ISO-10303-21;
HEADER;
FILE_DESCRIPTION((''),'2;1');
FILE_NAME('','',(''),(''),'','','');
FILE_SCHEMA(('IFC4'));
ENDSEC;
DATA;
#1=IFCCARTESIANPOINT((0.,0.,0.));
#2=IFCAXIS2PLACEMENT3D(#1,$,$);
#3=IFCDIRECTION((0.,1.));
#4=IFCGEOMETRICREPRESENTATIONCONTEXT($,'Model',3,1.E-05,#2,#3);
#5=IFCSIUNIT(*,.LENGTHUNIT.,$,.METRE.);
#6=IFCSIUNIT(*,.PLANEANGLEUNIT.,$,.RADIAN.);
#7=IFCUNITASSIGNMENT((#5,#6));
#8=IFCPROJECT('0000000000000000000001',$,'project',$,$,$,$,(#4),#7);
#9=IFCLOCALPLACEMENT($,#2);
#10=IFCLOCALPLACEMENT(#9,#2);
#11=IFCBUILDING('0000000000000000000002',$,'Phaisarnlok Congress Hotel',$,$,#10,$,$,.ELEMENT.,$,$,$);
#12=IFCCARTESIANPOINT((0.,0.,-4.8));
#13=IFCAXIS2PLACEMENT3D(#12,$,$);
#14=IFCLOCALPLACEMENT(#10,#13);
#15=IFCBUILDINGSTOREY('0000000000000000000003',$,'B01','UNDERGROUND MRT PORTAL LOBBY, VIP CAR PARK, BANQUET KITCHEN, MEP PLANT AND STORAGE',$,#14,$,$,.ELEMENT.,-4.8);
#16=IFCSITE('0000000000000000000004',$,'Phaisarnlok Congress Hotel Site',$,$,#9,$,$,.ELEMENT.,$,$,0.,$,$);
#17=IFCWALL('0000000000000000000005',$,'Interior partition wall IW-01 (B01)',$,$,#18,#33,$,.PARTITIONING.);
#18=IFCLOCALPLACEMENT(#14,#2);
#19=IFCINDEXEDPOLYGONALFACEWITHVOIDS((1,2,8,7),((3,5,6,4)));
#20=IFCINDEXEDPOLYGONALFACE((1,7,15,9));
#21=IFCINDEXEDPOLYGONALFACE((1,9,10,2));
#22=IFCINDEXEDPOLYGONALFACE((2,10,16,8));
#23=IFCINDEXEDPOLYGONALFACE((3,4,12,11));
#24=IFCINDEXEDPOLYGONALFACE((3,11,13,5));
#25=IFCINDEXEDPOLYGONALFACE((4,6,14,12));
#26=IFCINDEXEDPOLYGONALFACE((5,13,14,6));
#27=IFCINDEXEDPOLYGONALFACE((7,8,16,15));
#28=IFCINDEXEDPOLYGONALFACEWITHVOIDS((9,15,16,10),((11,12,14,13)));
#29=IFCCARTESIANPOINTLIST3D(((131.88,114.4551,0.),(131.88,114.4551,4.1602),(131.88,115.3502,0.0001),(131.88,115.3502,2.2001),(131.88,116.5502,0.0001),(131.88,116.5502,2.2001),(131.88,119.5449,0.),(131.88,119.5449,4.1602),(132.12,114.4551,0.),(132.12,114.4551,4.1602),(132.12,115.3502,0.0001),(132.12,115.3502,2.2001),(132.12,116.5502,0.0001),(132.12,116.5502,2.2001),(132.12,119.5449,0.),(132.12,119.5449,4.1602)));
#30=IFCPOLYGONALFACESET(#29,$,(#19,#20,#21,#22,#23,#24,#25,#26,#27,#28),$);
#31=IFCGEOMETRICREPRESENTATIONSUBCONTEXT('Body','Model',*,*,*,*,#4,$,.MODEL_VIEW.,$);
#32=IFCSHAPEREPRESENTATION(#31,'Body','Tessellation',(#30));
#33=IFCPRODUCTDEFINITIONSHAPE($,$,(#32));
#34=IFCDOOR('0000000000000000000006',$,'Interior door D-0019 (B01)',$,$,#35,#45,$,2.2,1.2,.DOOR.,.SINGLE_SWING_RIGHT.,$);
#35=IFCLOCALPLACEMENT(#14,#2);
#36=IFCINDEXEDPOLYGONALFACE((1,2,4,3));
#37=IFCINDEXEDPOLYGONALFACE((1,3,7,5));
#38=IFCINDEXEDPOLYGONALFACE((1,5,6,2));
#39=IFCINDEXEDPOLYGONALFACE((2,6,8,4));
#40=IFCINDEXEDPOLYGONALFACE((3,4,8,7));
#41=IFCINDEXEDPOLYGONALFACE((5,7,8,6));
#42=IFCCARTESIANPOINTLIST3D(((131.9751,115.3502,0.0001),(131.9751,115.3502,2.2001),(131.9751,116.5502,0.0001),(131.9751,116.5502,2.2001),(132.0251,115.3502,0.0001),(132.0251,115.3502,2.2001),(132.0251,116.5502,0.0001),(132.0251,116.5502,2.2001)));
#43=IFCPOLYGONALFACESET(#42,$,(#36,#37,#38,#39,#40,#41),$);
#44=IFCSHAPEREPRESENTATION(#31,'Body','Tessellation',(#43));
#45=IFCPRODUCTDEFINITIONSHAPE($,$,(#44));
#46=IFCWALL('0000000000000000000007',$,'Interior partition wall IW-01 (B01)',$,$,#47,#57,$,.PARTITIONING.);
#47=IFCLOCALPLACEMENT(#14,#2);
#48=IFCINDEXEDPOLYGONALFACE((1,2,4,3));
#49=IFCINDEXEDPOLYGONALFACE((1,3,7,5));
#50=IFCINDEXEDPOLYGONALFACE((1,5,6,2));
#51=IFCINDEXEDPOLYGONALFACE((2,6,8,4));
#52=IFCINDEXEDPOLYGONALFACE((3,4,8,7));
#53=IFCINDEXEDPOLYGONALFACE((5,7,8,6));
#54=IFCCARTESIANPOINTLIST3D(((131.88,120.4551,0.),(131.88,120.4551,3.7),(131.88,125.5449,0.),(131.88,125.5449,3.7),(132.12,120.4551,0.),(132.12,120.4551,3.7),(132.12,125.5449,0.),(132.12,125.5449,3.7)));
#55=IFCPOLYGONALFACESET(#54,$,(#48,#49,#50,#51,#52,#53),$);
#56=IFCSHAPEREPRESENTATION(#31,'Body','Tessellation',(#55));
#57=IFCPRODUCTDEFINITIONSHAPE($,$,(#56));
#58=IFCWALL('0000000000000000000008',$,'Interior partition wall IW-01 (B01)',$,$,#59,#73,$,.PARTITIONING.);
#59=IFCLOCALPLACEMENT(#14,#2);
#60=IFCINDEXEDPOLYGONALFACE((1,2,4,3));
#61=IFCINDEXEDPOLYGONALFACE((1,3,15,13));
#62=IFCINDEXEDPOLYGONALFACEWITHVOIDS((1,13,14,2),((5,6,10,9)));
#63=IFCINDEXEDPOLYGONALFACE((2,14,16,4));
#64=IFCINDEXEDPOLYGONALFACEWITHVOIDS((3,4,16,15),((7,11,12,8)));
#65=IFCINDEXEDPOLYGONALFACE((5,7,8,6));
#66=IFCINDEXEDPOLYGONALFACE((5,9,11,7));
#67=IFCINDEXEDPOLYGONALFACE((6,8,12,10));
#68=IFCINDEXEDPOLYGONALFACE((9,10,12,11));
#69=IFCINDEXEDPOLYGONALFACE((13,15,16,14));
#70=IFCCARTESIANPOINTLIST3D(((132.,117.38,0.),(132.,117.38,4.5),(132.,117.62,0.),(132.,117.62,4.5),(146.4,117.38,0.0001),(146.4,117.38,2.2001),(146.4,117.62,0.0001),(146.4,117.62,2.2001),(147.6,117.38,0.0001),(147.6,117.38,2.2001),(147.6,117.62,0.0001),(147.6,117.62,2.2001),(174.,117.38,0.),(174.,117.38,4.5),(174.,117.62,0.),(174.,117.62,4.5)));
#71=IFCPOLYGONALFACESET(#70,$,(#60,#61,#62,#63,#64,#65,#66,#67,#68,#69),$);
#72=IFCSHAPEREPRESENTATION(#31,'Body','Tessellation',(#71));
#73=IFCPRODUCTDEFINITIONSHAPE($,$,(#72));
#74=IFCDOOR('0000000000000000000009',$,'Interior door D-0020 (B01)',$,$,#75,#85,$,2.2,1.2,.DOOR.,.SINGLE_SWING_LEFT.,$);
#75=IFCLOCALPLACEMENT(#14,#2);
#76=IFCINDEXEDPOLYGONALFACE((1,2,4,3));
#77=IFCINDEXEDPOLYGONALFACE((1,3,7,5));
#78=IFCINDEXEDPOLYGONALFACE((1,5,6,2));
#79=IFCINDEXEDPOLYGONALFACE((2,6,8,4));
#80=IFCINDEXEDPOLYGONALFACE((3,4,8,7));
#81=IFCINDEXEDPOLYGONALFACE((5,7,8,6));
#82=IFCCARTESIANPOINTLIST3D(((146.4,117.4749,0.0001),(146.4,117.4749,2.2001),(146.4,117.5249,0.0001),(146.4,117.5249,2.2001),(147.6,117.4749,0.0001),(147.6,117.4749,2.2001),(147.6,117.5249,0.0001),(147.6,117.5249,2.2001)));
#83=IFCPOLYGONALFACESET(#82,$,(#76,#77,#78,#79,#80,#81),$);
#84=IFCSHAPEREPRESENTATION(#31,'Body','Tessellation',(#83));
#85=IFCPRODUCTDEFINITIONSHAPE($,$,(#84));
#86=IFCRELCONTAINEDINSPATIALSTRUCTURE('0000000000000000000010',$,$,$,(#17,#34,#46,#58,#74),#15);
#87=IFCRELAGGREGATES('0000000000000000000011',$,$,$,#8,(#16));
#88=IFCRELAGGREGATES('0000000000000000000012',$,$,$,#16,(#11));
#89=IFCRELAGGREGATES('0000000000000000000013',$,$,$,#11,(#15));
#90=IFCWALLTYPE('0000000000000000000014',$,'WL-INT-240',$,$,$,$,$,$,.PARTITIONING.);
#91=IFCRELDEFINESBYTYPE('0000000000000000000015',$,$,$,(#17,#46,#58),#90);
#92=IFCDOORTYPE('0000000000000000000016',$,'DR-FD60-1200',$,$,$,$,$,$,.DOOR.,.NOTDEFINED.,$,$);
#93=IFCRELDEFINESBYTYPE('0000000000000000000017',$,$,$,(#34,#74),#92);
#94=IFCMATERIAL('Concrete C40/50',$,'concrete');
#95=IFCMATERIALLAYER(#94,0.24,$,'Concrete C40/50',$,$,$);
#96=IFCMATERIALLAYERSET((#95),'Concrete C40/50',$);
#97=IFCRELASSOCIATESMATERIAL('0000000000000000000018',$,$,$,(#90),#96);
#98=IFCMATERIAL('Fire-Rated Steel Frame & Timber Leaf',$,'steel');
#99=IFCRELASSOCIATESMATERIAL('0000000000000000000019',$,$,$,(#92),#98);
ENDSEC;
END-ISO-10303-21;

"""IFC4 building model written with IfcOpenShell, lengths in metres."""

from ifc_helpers import new_model, si_unit, direction, frame, frame_2d, origin, place, context, subcontext, project, spatial, rectangle, extrude, material, layer, layer_set, type_object, element, fill, save


model = new_model("IFC4")

# Units and contexts
model_context = context("Model", 3, precision=1e-05, world=origin(), true_north=direction((0.0, 1.0)))
body_context = subcontext(model_context, "Body", "Model", "MODEL_VIEW")
ifc_project = project(units=[si_unit("LENGTHUNIT", "METRE"), si_unit("PLANEANGLEUNIT", "RADIAN")], contexts=[model_context])

# Site, building, storey
site_placement = place(None, origin())
site = spatial("IfcSite", under=ifc_project, at=site_placement, Name="Phaisarnlok Congress Hotel Site", CompositionType="ELEMENT", RefElevation=0.0)
building_placement = place(site_placement, origin())
building = spatial("IfcBuilding", under=site, at=building_placement, Name="Phaisarnlok Congress Hotel", CompositionType="ELEMENT")
storey_placement = place(building_placement, frame((0.0, 0.0, -4.8)))
storey = spatial("IfcBuildingStorey", under=building, at=storey_placement, Name="B01", Description="UNDERGROUND MRT PORTAL LOBBY, VIP CAR PARK, BANQUET KITCHEN, MEP PLANT AND STORAGE", CompositionType="ELEMENT", Elevation=-4.8)

# Shared definitions
ifc_material_1 = material(Name="Concrete C40/50", Category="concrete")

# Wall, opening, door
ifc_layer = layer(ifc_material_1, 0.24, Name="Concrete C40/50")
ifc_layer_set = layer_set([ifc_layer], Name="Concrete C40/50")
wall_type = type_object("IfcWallType", Name="WL-INT-240", PredefinedType="PARTITIONING", material=ifc_layer_set)
wall_1_placement = place(storey_placement, frame((132.0, 114.4551, 0.0), z_axis=(0.0, 0.0, 1.0), x_axis=(0.0, 1.0, 0.0)))
wall_1 = element("IfcWall", 1, at=wall_1_placement, inside=storey, type_object=wall_type, Name="Interior partition wall IW-01 (B01)", PredefinedType="PARTITIONING", context=body_context, shape_type="SweptSolid", body=[
    extrude(rectangle(XDim=5.0898, YDim=0.24, at=frame_2d((2.5449, 0.0))), origin(), (0.0, 0.0, 1.0), 4.1602),
])
opening_1_placement = place(wall_1_placement, frame((0.895, 0.0, 0.0)))
opening_1 = element("IfcOpeningElement", 2, at=opening_1_placement, cuts=wall_1, PredefinedType="OPENING", context=body_context, shape_type="SweptSolid", body=[
    extrude(rectangle(XDim=1.2, YDim=2.2, at=frame_2d((0.6001, 1.1001))), frame((0.0, 0.1299, 0.0), z_axis=(0.0, -1.0, 0.0), x_axis=(1.0, 0.0, 0.0)), (0.0, 0.0, 1.0), 0.26),
])
ifc_material_2 = material(Name="Fire-Rated Steel Frame & Timber Leaf", Category="steel")
door_type = type_object("IfcDoorType", Name="DR-FD60-1200", OperationType="NOTDEFINED", PredefinedType="DOOR", material=ifc_material_2)
door_1_placement = place(opening_1_placement, origin())
door_1 = element("IfcDoor", 3, at=door_1_placement, inside=storey, type_object=door_type, Name="Interior door D-0019 (B01)", OperationType="SINGLE_SWING_RIGHT", OverallHeight=2.2, OverallWidth=1.2, PredefinedType="DOOR", context=body_context, shape_type="SweptSolid", body=[
    extrude(rectangle(XDim=1.2, YDim=2.2, at=frame_2d((0.6001, 1.1001))), frame((0.0, 0.0249, 0.0), z_axis=(0.0, -1.0, 0.0), x_axis=(1.0, 0.0, 0.0)), (0.0, 0.0, 1.0), 0.05),
])
fill(opening_1, door_1)

# Wall
wall_2_placement = place(storey_placement, frame((132.0, 120.4551, 0.0), z_axis=(0.0, 0.0, 1.0), x_axis=(0.0, 1.0, 0.0)))
element("IfcWall", 4, at=wall_2_placement, inside=storey, type_object=wall_type, Name="Interior partition wall IW-01 (B01)", PredefinedType="PARTITIONING", context=body_context, shape_type="SweptSolid", body=[
    extrude(rectangle(XDim=5.0898, YDim=0.24, at=frame_2d((2.5449, 0.0))), origin(), (0.0, 0.0, 1.0), 3.7),
])

# Wall, opening, door
wall_3_placement = place(storey_placement, frame((132.0, 117.5, 0.0), z_axis=(0.0, 0.0, 1.0), x_axis=(1.0, 0.0, 0.0)))
wall_3 = element("IfcWall", 5, at=wall_3_placement, inside=storey, type_object=wall_type, Name="Interior partition wall IW-01 (B01)", PredefinedType="PARTITIONING", context=body_context, shape_type="SweptSolid", body=[
    extrude(rectangle(XDim=42.0, YDim=0.24, at=frame_2d((21.0, 0.0))), origin(), (0.0, 0.0, 1.0), 4.5),
])
opening_2_placement = place(wall_3_placement, frame((14.3999, 0.0, 0.0)))
opening_2 = element("IfcOpeningElement", 6, at=opening_2_placement, cuts=wall_3, PredefinedType="OPENING", context=body_context, shape_type="SweptSolid", body=[
    extrude(rectangle(XDim=1.2, YDim=2.2, at=frame_2d((0.6001, 1.1001))), frame((0.0, 0.1299, 0.0), z_axis=(0.0, -1.0, 0.0), x_axis=(1.0, 0.0, 0.0)), (0.0, 0.0, 1.0), 0.26),
])
door_2_placement = place(opening_2_placement, origin())
door_2 = element("IfcDoor", 7, at=door_2_placement, inside=storey, type_object=door_type, Name="Interior door D-0020 (B01)", OperationType="SINGLE_SWING_LEFT", OverallHeight=2.2, OverallWidth=1.2, PredefinedType="DOOR", context=body_context, shape_type="SweptSolid", body=[
    extrude(rectangle(XDim=1.2, YDim=2.2, at=frame_2d((0.6001, 1.1001))), frame((0.0, 0.0249, 0.0), z_axis=(0.0, -1.0, 0.0), x_axis=(1.0, 0.0, 0.0)), (0.0, 0.0, 1.0), 0.05),
])
fill(opening_2, door_2)

save(model, "model.ifc")
